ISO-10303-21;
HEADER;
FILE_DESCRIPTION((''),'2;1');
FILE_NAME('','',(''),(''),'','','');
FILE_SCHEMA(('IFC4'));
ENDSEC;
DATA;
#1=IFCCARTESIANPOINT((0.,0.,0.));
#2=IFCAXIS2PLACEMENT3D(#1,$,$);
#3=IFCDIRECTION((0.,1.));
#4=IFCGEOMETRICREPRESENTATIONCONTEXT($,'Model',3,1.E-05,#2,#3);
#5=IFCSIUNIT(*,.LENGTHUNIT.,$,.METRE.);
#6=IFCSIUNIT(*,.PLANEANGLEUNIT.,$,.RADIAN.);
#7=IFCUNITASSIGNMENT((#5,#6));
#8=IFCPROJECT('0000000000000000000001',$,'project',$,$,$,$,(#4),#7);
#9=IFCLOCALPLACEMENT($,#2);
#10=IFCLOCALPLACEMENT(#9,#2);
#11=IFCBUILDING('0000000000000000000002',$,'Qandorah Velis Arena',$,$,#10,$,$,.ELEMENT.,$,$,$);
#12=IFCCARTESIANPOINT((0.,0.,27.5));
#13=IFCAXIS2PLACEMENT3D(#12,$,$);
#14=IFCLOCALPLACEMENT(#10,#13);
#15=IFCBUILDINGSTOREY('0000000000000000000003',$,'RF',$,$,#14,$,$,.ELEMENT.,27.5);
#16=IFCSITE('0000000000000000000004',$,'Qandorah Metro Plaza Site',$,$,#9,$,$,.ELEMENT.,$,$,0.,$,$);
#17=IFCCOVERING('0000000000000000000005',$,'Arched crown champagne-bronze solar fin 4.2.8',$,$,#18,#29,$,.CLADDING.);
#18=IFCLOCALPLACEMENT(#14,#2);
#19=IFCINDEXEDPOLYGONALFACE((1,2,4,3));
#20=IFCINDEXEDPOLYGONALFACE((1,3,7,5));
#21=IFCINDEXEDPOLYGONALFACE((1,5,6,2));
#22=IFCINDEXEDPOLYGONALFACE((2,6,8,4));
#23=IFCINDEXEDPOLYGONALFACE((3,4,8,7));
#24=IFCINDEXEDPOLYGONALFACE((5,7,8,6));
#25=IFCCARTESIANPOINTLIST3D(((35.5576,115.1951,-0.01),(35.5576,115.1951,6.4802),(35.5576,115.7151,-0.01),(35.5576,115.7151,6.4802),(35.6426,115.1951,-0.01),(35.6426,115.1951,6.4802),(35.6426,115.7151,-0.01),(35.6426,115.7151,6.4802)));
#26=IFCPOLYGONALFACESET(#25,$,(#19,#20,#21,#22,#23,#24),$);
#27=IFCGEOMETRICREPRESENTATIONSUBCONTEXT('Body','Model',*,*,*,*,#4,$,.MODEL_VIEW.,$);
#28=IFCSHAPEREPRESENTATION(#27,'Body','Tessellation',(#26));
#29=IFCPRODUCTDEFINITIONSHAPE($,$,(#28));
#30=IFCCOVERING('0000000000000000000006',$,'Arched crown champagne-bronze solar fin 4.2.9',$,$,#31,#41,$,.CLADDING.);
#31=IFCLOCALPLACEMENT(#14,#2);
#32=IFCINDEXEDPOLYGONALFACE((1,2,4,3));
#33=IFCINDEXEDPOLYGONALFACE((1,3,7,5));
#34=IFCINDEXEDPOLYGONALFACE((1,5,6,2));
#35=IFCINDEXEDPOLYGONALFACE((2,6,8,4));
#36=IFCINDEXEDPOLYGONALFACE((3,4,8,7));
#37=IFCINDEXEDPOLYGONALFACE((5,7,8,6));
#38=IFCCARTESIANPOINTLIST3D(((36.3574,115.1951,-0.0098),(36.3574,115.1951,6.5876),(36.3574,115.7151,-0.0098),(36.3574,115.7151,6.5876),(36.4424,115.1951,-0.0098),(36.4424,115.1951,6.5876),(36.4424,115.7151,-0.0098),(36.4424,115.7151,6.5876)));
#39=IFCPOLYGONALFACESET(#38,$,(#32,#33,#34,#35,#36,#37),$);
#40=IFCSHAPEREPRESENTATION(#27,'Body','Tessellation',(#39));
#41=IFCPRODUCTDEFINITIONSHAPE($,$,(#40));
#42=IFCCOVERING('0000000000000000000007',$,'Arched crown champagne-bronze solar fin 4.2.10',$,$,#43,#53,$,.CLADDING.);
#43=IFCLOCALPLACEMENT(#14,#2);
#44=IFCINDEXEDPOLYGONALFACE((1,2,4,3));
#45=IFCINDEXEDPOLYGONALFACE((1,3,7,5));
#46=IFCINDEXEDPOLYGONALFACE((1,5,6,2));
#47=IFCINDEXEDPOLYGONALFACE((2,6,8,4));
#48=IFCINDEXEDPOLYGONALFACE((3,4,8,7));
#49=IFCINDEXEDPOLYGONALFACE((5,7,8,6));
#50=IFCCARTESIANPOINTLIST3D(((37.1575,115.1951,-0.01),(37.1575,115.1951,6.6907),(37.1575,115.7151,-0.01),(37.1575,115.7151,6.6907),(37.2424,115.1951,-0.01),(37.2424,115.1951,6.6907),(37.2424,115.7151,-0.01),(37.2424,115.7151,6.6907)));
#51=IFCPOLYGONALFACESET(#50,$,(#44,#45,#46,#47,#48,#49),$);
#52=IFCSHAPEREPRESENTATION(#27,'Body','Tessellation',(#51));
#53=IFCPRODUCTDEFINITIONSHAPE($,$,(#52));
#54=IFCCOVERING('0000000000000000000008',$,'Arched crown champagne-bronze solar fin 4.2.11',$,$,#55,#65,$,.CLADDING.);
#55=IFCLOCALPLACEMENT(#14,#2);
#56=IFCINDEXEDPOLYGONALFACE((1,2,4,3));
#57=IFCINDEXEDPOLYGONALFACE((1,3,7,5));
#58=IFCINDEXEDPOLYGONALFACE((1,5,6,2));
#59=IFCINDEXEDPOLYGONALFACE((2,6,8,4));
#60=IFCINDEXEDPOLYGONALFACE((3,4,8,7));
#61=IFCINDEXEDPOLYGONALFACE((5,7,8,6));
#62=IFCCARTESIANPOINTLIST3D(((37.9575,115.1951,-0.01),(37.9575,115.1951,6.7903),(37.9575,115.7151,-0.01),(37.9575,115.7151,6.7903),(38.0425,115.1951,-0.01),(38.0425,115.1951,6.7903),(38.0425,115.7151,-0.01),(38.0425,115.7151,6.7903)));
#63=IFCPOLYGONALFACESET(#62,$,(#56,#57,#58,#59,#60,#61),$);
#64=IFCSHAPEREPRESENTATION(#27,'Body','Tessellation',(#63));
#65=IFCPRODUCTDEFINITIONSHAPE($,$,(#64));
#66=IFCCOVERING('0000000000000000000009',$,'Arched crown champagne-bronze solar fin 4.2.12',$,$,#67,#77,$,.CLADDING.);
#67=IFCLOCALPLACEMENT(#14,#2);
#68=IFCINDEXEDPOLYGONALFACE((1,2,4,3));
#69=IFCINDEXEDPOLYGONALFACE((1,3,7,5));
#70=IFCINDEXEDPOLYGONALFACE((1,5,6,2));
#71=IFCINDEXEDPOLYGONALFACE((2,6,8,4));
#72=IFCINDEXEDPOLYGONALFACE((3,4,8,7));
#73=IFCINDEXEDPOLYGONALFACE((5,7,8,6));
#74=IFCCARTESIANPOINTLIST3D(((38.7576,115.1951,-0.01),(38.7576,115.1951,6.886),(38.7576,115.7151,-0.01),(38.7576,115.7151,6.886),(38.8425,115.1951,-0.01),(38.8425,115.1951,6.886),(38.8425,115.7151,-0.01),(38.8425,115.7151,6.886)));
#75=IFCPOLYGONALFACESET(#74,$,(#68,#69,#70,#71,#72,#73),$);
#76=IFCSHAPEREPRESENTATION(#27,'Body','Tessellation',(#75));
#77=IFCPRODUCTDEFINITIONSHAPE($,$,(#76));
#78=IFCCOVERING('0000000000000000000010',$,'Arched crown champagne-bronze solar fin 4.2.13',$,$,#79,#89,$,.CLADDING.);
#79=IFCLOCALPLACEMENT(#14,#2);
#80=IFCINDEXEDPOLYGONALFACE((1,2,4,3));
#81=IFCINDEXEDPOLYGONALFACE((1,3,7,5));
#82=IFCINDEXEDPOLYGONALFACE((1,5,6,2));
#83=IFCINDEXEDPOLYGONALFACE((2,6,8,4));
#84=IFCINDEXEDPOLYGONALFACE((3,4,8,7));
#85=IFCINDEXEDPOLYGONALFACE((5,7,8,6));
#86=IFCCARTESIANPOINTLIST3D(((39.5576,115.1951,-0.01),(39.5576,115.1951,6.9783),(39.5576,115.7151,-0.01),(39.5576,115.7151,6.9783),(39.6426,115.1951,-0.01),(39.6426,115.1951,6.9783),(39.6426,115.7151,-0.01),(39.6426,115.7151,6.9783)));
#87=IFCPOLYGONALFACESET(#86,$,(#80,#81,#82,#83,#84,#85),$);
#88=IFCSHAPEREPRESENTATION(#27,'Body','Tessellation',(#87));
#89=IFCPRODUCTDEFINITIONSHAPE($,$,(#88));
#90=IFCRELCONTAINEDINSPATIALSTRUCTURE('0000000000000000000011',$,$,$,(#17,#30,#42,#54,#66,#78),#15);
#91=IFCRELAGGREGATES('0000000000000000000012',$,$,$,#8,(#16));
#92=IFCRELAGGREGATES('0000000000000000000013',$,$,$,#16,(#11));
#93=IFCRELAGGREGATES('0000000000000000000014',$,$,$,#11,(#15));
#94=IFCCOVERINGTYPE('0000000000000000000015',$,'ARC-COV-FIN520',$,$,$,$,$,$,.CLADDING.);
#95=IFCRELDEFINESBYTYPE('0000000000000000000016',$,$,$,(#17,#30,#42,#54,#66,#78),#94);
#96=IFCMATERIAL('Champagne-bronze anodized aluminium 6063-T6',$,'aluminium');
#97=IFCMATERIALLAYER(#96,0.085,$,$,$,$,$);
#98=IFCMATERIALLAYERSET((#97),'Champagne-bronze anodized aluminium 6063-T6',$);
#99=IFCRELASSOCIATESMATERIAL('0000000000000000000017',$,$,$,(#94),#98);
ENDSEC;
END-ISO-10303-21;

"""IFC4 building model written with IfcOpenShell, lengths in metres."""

from ifc_helpers import new_model, si_unit, direction, frame, origin, origin_2d, place, context, subcontext, project, spatial, rectangle, extrude, material, layer, layer_set, type_object, element, save


model = new_model("IFC4")

# Units and contexts
model_context = context("Model", 3, precision=1e-05, world=origin(), true_north=direction((0.0, 1.0)))
body_context = subcontext(model_context, "Body", "Model", "MODEL_VIEW")
ifc_project = project(units=[si_unit("LENGTHUNIT", "METRE"), si_unit("PLANEANGLEUNIT", "RADIAN")], contexts=[model_context])

# Site, building, storey
site_placement = place(None, origin())
site = spatial("IfcSite", under=ifc_project, at=site_placement, Name="Qandorah Metro Plaza Site", CompositionType="ELEMENT", RefElevation=0.0)
building_placement = place(site_placement, origin())
building = spatial("IfcBuilding", under=site, at=building_placement, Name="Qandorah Velis Arena", CompositionType="ELEMENT")
storey_placement = place(building_placement, frame((0.0, 0.0, 27.5)))
storey = spatial("IfcBuildingStorey", under=building, at=storey_placement, Name="RF", CompositionType="ELEMENT", Elevation=27.5)

# Shared definitions
ifc_material_1 = material(Name="Champagne-bronze anodized aluminium 6063-T6", Category="aluminium")

# Coverings
ifc_layer_1 = layer(ifc_material_1, 0.085)
ifc_layer_set_1 = layer_set([ifc_layer_1], Name="Champagne-bronze anodized aluminium 6063-T6")
covering_type = type_object("IfcCoveringType", Name="ARC-COV-FIN520", PredefinedType="CLADDING", material=ifc_layer_set_1)
covering_1_placement = place(storey_placement, frame((35.6001, 115.4551, -0.01), z_axis=(0.0, 0.0, 1.0), x_axis=(1.0, 0.0, 0.0)))
element("IfcCovering", 1, at=covering_1_placement, inside=storey, type_object=covering_type, Name="Arched crown champagne-bronze solar fin 4.2.8", PredefinedType="CLADDING", context=body_context, shape_type="SweptSolid", body=[
    extrude(rectangle(XDim=0.085, YDim=0.52, at=origin_2d()), origin(), (0.0, 0.0, 1.0), 6.4902),
])
covering_2_placement = place(storey_placement, frame((36.3999, 115.4551, -0.0098), z_axis=(0.0, 0.0, 1.0), x_axis=(1.0, 0.0, 0.0)))
element("IfcCovering", 2, at=covering_2_placement, inside=storey, type_object=covering_type, Name="Arched crown champagne-bronze solar fin 4.2.9", PredefinedType="CLADDING", context=body_context, shape_type="SweptSolid", body=[
    extrude(rectangle(XDim=0.085, YDim=0.52, at=origin_2d()), origin(), (0.0, 0.0, 1.0), 6.5974),
])
covering_3_placement = place(storey_placement, frame((37.2, 115.4551, -0.01), z_axis=(0.0, 0.0, 1.0), x_axis=(1.0, 0.0, 0.0)))
element("IfcCovering", 3, at=covering_3_placement, inside=storey, type_object=covering_type, Name="Arched crown champagne-bronze solar fin 4.2.10", PredefinedType="CLADDING", context=body_context, shape_type="SweptSolid", body=[
    extrude(rectangle(XDim=0.085, YDim=0.52, at=origin_2d()), origin(), (0.0, 0.0, 1.0), 6.7007),
])
covering_4_placement = place(storey_placement, frame((38.0, 115.4551, -0.01), z_axis=(0.0, 0.0, 1.0), x_axis=(1.0, 0.0, 0.0)))
element("IfcCovering", 4, at=covering_4_placement, inside=storey, type_object=covering_type, Name="Arched crown champagne-bronze solar fin 4.2.11", PredefinedType="CLADDING", context=body_context, shape_type="SweptSolid", body=[
    extrude(rectangle(XDim=0.085, YDim=0.52, at=origin_2d()), origin(), (0.0, 0.0, 1.0), 6.8003),
])
covering_5_placement = place(storey_placement, frame((38.8, 115.4551, -0.01), z_axis=(0.0, 0.0, 1.0), x_axis=(1.0, 0.0, 0.0)))
element("IfcCovering", 5, at=covering_5_placement, inside=storey, type_object=covering_type, Name="Arched crown champagne-bronze solar fin 4.2.12", PredefinedType="CLADDING", context=body_context, shape_type="SweptSolid", body=[
    extrude(rectangle(XDim=0.085, YDim=0.52, at=origin_2d()), origin(), (0.0, 0.0, 1.0), 6.896),
])
covering_6_placement = place(storey_placement, frame((39.6001, 115.4551, -0.01), z_axis=(0.0, 0.0, 1.0), x_axis=(1.0, 0.0, 0.0)))
element("IfcCovering", 6, at=covering_6_placement, inside=storey, type_object=covering_type, Name="Arched crown champagne-bronze solar fin 4.2.13", PredefinedType="CLADDING", context=body_context, shape_type="SweptSolid", body=[
    extrude(rectangle(XDim=0.085, YDim=0.52, at=origin_2d()), origin(), (0.0, 0.0, 1.0), 6.9883),
])

save(model, "model.ifc")
